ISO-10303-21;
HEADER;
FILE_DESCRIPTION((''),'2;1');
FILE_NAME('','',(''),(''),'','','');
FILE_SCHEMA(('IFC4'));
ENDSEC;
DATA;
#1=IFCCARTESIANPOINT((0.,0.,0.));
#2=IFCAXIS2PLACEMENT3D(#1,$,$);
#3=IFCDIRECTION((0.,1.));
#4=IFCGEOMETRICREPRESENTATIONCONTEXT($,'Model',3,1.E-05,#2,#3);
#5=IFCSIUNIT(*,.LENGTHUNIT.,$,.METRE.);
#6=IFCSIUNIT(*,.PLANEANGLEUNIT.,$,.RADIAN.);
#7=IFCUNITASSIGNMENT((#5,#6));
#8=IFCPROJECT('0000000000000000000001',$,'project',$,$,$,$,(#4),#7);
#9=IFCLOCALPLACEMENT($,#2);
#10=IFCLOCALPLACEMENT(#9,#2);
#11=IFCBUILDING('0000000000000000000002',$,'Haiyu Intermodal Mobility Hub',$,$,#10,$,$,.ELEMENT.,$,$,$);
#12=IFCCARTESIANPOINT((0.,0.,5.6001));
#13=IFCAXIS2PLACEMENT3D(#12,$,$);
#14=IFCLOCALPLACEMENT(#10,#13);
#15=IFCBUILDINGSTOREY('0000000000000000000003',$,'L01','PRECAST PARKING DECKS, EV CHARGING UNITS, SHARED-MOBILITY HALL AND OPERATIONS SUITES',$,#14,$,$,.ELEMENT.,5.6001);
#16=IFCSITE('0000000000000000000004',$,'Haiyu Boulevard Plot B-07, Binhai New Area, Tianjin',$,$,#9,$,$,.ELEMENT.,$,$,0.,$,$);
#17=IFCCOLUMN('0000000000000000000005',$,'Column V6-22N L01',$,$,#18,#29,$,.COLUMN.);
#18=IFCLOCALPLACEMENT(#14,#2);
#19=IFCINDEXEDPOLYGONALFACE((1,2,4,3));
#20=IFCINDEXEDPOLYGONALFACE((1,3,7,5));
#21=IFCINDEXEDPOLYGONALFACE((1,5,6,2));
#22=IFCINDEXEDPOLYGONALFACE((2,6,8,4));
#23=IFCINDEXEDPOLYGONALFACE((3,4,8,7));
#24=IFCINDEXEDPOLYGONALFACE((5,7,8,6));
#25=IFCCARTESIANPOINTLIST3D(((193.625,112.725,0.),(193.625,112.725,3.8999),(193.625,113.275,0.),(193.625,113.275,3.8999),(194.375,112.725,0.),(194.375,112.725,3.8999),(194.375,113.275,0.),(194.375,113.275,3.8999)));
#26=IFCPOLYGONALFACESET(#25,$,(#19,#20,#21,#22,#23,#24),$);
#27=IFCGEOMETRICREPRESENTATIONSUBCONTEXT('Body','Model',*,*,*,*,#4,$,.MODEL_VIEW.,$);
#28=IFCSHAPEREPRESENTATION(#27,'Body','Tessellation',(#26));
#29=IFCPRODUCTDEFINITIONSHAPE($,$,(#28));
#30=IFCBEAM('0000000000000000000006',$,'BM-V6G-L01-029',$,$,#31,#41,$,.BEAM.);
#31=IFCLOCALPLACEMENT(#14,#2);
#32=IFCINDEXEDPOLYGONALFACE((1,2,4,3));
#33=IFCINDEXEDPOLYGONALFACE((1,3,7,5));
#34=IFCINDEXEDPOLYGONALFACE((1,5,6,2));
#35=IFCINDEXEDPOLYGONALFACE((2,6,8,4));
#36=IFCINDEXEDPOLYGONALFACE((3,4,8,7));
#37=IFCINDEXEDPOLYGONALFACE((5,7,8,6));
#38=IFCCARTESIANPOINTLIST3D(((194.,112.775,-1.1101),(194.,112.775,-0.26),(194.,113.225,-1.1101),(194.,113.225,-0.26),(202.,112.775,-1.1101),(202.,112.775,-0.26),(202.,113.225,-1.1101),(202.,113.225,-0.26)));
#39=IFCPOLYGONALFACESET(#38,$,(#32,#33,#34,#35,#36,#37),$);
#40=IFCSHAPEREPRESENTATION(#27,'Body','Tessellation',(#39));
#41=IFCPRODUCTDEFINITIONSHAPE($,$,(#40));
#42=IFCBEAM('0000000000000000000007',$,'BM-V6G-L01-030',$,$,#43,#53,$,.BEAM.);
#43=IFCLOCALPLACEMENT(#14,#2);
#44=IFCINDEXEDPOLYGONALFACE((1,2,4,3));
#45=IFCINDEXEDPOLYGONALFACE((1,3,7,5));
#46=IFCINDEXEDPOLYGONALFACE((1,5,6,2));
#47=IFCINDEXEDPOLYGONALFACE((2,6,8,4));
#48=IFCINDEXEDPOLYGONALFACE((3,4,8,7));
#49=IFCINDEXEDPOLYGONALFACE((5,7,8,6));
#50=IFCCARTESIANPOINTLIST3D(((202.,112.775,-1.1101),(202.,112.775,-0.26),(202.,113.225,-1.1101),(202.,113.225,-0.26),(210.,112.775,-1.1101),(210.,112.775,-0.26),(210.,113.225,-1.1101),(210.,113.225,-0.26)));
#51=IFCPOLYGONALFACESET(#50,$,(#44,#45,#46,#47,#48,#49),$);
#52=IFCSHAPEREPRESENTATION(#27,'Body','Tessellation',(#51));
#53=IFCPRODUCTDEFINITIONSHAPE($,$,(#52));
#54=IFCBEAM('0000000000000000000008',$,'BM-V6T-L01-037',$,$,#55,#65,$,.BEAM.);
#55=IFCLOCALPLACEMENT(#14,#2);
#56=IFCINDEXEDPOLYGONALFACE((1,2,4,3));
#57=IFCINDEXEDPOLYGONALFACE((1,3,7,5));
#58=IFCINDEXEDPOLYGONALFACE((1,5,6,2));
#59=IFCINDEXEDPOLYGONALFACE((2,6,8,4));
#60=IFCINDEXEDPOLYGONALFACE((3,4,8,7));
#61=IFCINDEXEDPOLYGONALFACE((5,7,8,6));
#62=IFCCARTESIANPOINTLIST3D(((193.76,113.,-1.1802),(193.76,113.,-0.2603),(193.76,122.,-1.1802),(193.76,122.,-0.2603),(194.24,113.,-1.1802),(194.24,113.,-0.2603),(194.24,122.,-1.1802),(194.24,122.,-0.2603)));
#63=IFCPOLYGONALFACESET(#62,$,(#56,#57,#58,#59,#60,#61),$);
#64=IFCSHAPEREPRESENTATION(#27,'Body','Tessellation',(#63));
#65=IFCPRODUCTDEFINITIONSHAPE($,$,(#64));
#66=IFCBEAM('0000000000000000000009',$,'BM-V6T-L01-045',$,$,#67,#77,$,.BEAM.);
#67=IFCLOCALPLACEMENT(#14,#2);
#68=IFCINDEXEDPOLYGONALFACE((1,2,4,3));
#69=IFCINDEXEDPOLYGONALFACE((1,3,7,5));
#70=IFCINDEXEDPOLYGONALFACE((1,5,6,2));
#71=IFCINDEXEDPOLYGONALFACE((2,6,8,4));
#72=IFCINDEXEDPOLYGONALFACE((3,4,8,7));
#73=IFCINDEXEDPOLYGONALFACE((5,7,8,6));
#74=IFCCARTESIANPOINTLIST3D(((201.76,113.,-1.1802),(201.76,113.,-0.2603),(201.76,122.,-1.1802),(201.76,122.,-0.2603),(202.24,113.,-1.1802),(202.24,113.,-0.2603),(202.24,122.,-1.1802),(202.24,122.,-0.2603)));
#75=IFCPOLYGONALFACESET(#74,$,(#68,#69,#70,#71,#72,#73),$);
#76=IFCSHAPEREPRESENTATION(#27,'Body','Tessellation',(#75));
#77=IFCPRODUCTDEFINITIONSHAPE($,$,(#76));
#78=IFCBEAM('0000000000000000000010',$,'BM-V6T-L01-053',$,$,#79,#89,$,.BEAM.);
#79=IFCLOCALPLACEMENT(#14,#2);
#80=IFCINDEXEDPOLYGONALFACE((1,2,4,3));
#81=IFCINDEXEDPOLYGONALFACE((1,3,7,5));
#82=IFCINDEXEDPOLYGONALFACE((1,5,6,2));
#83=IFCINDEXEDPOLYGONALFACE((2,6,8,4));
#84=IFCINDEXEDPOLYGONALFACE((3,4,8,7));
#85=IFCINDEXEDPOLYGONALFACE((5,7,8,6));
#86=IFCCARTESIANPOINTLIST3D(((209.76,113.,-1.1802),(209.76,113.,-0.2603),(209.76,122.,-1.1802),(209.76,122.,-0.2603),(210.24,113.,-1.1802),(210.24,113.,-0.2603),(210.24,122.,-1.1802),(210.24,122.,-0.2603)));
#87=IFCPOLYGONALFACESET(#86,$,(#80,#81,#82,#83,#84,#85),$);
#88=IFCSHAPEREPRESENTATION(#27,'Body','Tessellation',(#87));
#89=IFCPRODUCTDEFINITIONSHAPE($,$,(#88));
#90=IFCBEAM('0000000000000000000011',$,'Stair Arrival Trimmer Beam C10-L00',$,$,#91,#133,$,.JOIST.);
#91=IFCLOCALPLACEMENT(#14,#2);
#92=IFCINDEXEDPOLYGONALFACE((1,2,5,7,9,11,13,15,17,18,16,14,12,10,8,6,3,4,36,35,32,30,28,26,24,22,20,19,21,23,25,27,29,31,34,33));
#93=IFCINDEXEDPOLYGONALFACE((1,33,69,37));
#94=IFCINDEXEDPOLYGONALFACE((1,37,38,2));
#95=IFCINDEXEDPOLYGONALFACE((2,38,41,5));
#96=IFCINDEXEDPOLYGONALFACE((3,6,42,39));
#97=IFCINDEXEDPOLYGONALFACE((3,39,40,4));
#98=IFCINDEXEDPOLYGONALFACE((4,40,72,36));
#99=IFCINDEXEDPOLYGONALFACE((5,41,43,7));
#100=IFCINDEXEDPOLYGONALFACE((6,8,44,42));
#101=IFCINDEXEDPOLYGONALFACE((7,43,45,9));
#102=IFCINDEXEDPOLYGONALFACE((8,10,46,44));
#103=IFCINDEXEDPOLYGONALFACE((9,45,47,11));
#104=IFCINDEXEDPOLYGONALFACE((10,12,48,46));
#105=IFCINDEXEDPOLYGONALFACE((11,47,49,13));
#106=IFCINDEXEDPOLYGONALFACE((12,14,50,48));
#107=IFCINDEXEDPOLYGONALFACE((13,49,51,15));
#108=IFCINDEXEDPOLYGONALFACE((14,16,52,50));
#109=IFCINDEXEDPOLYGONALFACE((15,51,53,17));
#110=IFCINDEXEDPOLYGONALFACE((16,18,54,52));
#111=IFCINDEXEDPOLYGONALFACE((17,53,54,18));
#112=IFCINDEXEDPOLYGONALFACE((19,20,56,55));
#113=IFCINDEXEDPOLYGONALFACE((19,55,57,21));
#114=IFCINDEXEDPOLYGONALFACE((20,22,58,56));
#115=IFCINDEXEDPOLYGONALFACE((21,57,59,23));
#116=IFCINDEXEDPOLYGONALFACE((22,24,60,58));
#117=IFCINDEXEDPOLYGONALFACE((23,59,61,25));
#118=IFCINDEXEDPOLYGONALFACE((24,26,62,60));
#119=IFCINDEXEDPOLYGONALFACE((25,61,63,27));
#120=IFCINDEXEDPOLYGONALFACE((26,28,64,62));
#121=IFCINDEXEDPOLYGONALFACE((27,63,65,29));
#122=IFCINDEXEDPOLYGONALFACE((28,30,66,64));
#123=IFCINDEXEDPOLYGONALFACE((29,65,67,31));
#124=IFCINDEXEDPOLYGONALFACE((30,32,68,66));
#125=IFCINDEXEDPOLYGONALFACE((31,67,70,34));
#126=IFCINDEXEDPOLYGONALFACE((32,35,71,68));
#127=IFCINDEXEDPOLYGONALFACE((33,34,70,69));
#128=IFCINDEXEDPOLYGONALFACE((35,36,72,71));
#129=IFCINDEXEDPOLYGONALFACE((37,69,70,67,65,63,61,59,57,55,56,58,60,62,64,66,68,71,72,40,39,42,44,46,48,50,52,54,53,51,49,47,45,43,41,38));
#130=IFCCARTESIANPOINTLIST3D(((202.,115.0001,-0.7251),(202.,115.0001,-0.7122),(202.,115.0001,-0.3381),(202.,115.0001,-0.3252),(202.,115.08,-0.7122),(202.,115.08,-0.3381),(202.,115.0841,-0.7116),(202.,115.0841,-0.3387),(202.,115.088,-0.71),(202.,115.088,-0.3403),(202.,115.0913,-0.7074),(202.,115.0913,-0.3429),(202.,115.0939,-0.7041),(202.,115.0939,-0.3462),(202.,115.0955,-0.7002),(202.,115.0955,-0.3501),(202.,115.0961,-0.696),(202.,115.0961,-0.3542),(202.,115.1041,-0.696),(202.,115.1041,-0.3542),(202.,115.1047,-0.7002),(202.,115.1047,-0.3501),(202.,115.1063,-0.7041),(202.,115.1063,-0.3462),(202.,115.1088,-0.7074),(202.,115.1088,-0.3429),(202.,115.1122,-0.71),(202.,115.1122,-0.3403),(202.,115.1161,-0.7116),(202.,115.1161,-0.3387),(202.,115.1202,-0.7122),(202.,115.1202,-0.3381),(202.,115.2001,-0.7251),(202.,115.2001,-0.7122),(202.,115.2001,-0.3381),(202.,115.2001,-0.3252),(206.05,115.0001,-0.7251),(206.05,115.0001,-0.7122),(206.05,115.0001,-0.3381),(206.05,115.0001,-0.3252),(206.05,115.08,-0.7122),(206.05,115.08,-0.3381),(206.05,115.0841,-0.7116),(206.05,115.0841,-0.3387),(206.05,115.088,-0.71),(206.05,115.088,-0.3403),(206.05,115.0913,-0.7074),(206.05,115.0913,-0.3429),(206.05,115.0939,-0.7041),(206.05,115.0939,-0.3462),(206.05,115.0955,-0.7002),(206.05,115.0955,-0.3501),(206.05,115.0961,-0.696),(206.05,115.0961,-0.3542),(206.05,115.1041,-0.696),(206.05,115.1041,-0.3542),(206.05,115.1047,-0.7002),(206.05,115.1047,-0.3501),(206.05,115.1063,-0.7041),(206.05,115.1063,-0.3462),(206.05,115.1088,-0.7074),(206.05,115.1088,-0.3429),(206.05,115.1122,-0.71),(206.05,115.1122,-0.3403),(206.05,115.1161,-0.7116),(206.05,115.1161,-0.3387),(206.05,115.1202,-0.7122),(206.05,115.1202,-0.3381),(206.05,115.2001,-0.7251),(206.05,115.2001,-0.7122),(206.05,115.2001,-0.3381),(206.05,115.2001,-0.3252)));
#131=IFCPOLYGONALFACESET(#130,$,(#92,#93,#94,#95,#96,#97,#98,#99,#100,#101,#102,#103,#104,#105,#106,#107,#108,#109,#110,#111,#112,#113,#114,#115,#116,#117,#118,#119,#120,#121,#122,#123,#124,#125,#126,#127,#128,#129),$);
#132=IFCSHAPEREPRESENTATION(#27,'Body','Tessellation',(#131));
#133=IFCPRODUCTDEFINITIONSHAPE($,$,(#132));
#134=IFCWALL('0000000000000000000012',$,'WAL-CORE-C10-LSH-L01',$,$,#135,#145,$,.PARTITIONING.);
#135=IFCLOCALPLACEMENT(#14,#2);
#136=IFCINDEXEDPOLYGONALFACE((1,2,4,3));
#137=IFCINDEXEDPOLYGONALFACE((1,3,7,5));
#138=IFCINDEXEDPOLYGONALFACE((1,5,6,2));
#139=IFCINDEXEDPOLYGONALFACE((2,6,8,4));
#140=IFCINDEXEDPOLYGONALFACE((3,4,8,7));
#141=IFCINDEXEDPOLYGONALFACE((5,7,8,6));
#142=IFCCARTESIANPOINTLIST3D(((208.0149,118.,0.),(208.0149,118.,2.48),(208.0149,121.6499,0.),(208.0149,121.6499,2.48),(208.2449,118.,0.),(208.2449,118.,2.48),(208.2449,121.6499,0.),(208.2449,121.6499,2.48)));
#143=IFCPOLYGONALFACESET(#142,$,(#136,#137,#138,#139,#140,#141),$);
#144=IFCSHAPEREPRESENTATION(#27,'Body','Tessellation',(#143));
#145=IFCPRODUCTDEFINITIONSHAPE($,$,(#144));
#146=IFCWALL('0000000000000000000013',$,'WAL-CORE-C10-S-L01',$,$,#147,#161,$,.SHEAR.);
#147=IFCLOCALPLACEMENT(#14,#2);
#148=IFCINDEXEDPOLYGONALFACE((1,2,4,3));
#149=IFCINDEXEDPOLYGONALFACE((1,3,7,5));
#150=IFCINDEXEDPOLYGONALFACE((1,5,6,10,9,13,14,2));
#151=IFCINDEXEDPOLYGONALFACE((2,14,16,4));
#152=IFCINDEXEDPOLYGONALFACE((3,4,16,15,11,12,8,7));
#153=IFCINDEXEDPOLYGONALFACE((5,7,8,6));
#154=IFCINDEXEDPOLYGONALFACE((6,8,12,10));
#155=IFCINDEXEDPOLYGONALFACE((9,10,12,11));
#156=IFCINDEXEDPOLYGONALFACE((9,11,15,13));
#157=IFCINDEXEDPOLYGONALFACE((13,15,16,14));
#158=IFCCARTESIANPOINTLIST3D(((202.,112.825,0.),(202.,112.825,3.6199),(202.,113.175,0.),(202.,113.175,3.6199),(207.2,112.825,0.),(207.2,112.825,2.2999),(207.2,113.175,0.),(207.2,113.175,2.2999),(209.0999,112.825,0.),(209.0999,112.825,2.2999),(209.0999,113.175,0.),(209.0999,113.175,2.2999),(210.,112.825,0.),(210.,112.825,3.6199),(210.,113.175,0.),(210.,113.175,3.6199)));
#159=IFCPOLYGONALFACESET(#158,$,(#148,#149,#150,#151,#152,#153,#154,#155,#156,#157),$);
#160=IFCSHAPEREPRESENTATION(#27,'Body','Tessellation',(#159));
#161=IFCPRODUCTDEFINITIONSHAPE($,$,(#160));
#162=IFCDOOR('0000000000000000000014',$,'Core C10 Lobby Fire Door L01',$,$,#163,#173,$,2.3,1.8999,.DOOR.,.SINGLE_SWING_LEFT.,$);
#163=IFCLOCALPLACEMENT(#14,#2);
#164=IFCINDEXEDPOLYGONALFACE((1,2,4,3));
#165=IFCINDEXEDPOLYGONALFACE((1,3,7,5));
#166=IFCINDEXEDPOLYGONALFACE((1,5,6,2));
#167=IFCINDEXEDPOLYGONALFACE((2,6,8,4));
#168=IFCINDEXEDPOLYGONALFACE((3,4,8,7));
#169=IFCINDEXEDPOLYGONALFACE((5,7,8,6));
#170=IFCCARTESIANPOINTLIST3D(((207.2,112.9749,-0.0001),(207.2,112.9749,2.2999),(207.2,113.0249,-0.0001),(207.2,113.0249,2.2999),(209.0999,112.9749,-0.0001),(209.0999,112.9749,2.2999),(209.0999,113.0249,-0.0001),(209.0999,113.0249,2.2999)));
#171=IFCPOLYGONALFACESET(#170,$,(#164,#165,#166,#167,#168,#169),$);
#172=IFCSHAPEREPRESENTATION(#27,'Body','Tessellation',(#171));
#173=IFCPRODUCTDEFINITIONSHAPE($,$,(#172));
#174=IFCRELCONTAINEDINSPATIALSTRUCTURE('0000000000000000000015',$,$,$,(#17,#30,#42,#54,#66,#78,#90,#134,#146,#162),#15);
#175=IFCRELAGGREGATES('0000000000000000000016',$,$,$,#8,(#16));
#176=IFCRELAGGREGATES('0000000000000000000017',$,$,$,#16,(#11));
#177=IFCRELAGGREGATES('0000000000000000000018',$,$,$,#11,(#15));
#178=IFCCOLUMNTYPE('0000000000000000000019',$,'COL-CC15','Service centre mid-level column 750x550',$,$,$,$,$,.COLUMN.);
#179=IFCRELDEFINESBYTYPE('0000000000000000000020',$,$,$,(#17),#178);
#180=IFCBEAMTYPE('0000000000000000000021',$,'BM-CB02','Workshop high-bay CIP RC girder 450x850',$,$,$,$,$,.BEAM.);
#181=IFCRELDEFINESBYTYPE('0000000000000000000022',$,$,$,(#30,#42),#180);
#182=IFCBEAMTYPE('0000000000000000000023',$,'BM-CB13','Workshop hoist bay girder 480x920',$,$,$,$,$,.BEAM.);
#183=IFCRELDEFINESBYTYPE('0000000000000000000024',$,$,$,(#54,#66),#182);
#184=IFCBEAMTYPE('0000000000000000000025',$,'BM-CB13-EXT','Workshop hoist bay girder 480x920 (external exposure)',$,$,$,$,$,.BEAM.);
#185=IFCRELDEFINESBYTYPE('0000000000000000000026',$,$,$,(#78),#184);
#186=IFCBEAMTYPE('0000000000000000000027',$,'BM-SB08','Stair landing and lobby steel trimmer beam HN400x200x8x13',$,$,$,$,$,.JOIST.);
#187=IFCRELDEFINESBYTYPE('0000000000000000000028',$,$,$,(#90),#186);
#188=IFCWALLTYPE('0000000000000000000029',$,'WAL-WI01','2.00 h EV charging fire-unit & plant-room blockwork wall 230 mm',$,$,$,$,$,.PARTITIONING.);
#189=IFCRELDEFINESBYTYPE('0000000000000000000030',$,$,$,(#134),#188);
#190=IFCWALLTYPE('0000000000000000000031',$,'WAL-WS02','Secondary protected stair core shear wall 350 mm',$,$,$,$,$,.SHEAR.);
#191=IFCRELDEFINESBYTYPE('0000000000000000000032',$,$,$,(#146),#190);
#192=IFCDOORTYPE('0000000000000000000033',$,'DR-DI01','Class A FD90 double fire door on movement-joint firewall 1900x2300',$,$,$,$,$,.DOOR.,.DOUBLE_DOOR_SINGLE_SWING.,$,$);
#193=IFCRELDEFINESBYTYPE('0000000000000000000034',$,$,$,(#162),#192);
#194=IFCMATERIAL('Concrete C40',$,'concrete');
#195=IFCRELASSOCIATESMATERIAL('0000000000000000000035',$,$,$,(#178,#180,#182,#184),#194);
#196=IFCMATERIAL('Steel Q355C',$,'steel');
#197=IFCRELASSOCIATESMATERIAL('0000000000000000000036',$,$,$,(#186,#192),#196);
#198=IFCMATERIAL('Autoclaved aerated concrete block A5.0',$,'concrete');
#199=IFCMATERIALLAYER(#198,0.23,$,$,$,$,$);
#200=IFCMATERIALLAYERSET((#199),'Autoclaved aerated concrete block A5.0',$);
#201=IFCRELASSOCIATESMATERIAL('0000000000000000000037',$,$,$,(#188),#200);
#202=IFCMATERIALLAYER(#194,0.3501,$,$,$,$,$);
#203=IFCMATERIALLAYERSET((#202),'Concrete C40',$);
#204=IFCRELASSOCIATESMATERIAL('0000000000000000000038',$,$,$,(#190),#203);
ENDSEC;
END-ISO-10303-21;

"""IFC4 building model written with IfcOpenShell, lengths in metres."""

from ifc_helpers import new_model, si_unit, direction, frame, frame_2d, origin, origin_2d, place, context, subcontext, project, spatial, rectangle, i_section, extrude, material, layer, layer_set, material_profile, profile_set, type_object, element, fill, save


model = new_model("IFC4")

# Units and contexts
model_context = context("Model", 3, precision=1e-05, world=origin(), true_north=direction((0.0, 1.0)))
body_context = subcontext(model_context, "Body", "Model", "MODEL_VIEW")
ifc_project = project(units=[si_unit("LENGTHUNIT", "METRE"), si_unit("PLANEANGLEUNIT", "RADIAN")], contexts=[model_context])

# Site, building, storey
site_placement = place(None, origin())
site = spatial("IfcSite", under=ifc_project, at=site_placement, Name="Haiyu Boulevard Plot B-07, Binhai New Area, Tianjin", CompositionType="ELEMENT", RefElevation=0.0)
building_placement = place(site_placement, origin())
building = spatial("IfcBuilding", under=site, at=building_placement, Name="Haiyu Intermodal Mobility Hub", CompositionType="ELEMENT")
storey_placement = place(building_placement, frame((0.0, 0.0, 5.6001)))
storey = spatial("IfcBuildingStorey", under=building, at=storey_placement, Name="L01", Description="PRECAST PARKING DECKS, EV CHARGING UNITS, SHARED-MOBILITY HALL AND OPERATIONS SUITES", CompositionType="ELEMENT", Elevation=5.6001)

# Column
ifc_material_1 = material(Name="Concrete C40", Category="concrete")
ifc_material_profile_1 = material_profile(ifc_material_1, rectangle(XDim=0.75, YDim=0.55, at=origin_2d()), Name="C750x550")
ifc_profile_set_1 = profile_set([ifc_material_profile_1], Name="Concrete C40")
column_type = type_object("IfcColumnType", Name="COL-CC15", Description="Service centre mid-level column 750x550", PredefinedType="COLUMN", material=ifc_profile_set_1)
column_placement = place(storey_placement, frame((194.0, 113.0, 0.0), z_axis=(0.0, 0.0, 1.0), x_axis=(1.0, 0.0, 0.0)))
element("IfcColumn", 1, at=column_placement, inside=storey, type_object=column_type, Name="Column V6-22N L01", PredefinedType="COLUMN", context=body_context, shape_type="SweptSolid", body=[
    extrude(rectangle(XDim=0.75, YDim=0.55, at=origin_2d()), origin(), (0.0, 0.0, 1.0), 3.8999),
])

# Beams
ifc_material_profile_2 = material_profile(ifc_material_1, rectangle(XDim=0.45, YDim=0.8501, at=origin_2d()), Name="RCB450x850")
ifc_profile_set_2 = profile_set([ifc_material_profile_2], Name="Concrete C40")
beam_type_1 = type_object("IfcBeamType", Name="BM-CB02", Description="Workshop high-bay CIP RC girder 450x850", PredefinedType="BEAM", material=ifc_profile_set_2)
for number, where, z_axis, x_axis, name in (
    (2, (194.0, 113.0, -0.6851), (1.0, 0.0, 0.0), (0.0, 1.0, 0.0), "BM-V6G-L01-029"),
    (3, (202.0, 113.0, -0.6851), (1.0, 0.0, 0.0), (0.0, 1.0, 0.0), "BM-V6G-L01-030"),
):
    element("IfcBeam", number, at=place(storey_placement, frame(where, z_axis=z_axis, x_axis=x_axis)), inside=storey, type_object=beam_type_1, Name=name, PredefinedType="BEAM", context=body_context, shape_type="SweptSolid", body=[
        extrude(rectangle(XDim=0.45, YDim=0.8501, at=origin_2d()), origin(), (0.0, 0.0, 1.0), 8.0),
    ])
ifc_material_profile_3 = material_profile(ifc_material_1, rectangle(XDim=0.48, YDim=0.9199, at=origin_2d()), Name="B480x920")
ifc_profile_set_3 = profile_set([ifc_material_profile_3], Name="Concrete C40")
beam_type_2 = type_object("IfcBeamType", Name="BM-CB13", Description="Workshop hoist bay girder 480x920", PredefinedType="BEAM", material=ifc_profile_set_3)
for number, where, z_axis, x_axis, name in (
    (4, (194.0, 113.0, -0.7202), (0.0, 1.0, 0.0), (-1.0, 0.0, 0.0), "BM-V6T-L01-037"),
    (5, (202.0, 113.0, -0.7202), (0.0, 1.0, 0.0), (-1.0, 0.0, 0.0), "BM-V6T-L01-045"),
):
    element("IfcBeam", number, at=place(storey_placement, frame(where, z_axis=z_axis, x_axis=x_axis)), inside=storey, type_object=beam_type_2, Name=name, PredefinedType="BEAM", context=body_context, shape_type="SweptSolid", body=[
        extrude(rectangle(XDim=0.48, YDim=0.9199, at=origin_2d()), origin(), (0.0, 0.0, 1.0), 9.0),
    ])
ifc_material_profile_4 = material_profile(ifc_material_1, rectangle(XDim=0.48, YDim=0.9199, at=origin_2d()), Name="B480x920")
ifc_profile_set_4 = profile_set([ifc_material_profile_4], Name="Concrete C40")
beam_type_3 = type_object("IfcBeamType", Name="BM-CB13-EXT", Description="Workshop hoist bay girder 480x920 (external exposure)", PredefinedType="BEAM", material=ifc_profile_set_4)
beam_1_placement = place(storey_placement, frame((210.0, 113.0, -0.7202), z_axis=(0.0, 1.0, 0.0), x_axis=(-1.0, 0.0, 0.0)))
element("IfcBeam", 6, at=beam_1_placement, inside=storey, type_object=beam_type_3, Name="BM-V6T-L01-053", PredefinedType="BEAM", context=body_context, shape_type="SweptSolid", body=[
    extrude(rectangle(XDim=0.48, YDim=0.9199, at=origin_2d()), origin(), (0.0, 0.0, 1.0), 9.0),
])
ifc_material_2 = material(Name="Steel Q355C", Category="steel")
ifc_material_profile_5 = material_profile(ifc_material_2, i_section(OverallWidth=0.2, OverallDepth=0.3999, WebThickness=0.0081, FlangeThickness=0.0129, FilletRadius=0.0161, at=origin_2d()), Name="HN400x200x8x13")
ifc_profile_set_5 = profile_set([ifc_material_profile_5], Name="Steel Q355C")
beam_type_4 = type_object("IfcBeamType", Name="BM-SB08", Description="Stair landing and lobby steel trimmer beam HN400x200x8x13", PredefinedType="JOIST", material=ifc_profile_set_5)
beam_2_placement = place(storey_placement, frame((202.0, 115.1001, -0.5251), z_axis=(1.0, 0.0, 0.0), x_axis=(0.0, 1.0, 0.0)))
element("IfcBeam", 7, at=beam_2_placement, inside=storey, type_object=beam_type_4, Name="Stair Arrival Trimmer Beam C10-L00", PredefinedType="JOIST", context=body_context, shape_type="SweptSolid", body=[
    extrude(i_section(OverallWidth=0.2, OverallDepth=0.3999, WebThickness=0.0081, FlangeThickness=0.0129, FilletRadius=0.0161, at=origin_2d()), origin(), (0.0, 0.0, 1.0), 4.05),
])

# Wall
ifc_material_3 = material(Name="Autoclaved aerated concrete block A5.0", Category="concrete")
ifc_layer_1 = layer(ifc_material_3, 0.23)
ifc_layer_set_1 = layer_set([ifc_layer_1], Name="Autoclaved aerated concrete block A5.0")
wall_type_1 = type_object("IfcWallType", Name="WAL-WI01", Description="2.00 h EV charging fire-unit & plant-room blockwork wall 230 mm", PredefinedType="PARTITIONING", material=ifc_layer_set_1)
wall_1_placement = place(storey_placement, frame((208.1299, 118.0, 0.0), z_axis=(0.0, 0.0, 1.0), x_axis=(0.0, 1.0, 0.0)))
element("IfcWall", 8, at=wall_1_placement, inside=storey, type_object=wall_type_1, Name="WAL-CORE-C10-LSH-L01", PredefinedType="PARTITIONING", context=body_context, shape_type="SweptSolid", body=[
    extrude(rectangle(XDim=3.6499, YDim=0.23, at=frame_2d((1.825, 0.0))), origin(), (0.0, 0.0, 1.0), 2.48),
])

# Wall, opening, door
ifc_layer_2 = layer(ifc_material_1, 0.3501)
ifc_layer_set_2 = layer_set([ifc_layer_2], Name="Concrete C40")
wall_type_2 = type_object("IfcWallType", Name="WAL-WS02", Description="Secondary protected stair core shear wall 350 mm", PredefinedType="SHEAR", material=ifc_layer_set_2)
wall_2_placement = place(storey_placement, frame((202.0, 113.0, 0.0), z_axis=(0.0, 0.0, 1.0), x_axis=(1.0, 0.0, 0.0)))
wall_2 = element("IfcWall", 9, at=wall_2_placement, inside=storey, type_object=wall_type_2, Name="WAL-CORE-C10-S-L01", PredefinedType="SHEAR", context=body_context, shape_type="SweptSolid", body=[
    extrude(rectangle(XDim=8.0, YDim=0.3501, at=frame_2d((4.0, 0.0))), origin(), (0.0, 0.0, 1.0), 3.6199),
])
opening_1_placement = place(wall_2_placement, frame((5.2, 0.0, 0.0)))
opening_1 = element("IfcOpeningElement", 10, at=opening_1_placement, cuts=wall_2, PredefinedType="OPENING", context=body_context, shape_type="SweptSolid", body=[
    extrude(rectangle(XDim=1.8999, YDim=2.3, at=frame_2d((0.95, 1.1499))), frame((0.0, 0.1851, 0.0), z_axis=(0.0, -1.0, 0.0), x_axis=(1.0, 0.0, 0.0)), (0.0, 0.0, 1.0), 0.3701),
])
door_type_1 = type_object("IfcDoorType", Name="DR-DI01", Description="Class A FD90 double fire door on movement-joint firewall 1900x2300", OperationType="DOUBLE_DOOR_SINGLE_SWING", PredefinedType="DOOR", material=ifc_material_2)
door_1_placement = place(opening_1_placement, origin())
door_1 = element("IfcDoor", 11, at=door_1_placement, inside=storey, type_object=door_type_1, Name="Core C10 Lobby Fire Door L01", OperationType="SINGLE_SWING_LEFT", OverallHeight=2.3, OverallWidth=1.8999, PredefinedType="DOOR", context=body_context, shape_type="SweptSolid", body=[
    extrude(rectangle(XDim=1.8999, YDim=2.3, at=frame_2d((0.95, 1.1499))), frame((0.0, 0.0249, 0.0), z_axis=(0.0, -1.0, 0.0), x_axis=(1.0, 0.0, 0.0)), (0.0, 0.0, 1.0), 0.05),
])
fill(opening_1, door_1)

save(model, "model.ifc")
